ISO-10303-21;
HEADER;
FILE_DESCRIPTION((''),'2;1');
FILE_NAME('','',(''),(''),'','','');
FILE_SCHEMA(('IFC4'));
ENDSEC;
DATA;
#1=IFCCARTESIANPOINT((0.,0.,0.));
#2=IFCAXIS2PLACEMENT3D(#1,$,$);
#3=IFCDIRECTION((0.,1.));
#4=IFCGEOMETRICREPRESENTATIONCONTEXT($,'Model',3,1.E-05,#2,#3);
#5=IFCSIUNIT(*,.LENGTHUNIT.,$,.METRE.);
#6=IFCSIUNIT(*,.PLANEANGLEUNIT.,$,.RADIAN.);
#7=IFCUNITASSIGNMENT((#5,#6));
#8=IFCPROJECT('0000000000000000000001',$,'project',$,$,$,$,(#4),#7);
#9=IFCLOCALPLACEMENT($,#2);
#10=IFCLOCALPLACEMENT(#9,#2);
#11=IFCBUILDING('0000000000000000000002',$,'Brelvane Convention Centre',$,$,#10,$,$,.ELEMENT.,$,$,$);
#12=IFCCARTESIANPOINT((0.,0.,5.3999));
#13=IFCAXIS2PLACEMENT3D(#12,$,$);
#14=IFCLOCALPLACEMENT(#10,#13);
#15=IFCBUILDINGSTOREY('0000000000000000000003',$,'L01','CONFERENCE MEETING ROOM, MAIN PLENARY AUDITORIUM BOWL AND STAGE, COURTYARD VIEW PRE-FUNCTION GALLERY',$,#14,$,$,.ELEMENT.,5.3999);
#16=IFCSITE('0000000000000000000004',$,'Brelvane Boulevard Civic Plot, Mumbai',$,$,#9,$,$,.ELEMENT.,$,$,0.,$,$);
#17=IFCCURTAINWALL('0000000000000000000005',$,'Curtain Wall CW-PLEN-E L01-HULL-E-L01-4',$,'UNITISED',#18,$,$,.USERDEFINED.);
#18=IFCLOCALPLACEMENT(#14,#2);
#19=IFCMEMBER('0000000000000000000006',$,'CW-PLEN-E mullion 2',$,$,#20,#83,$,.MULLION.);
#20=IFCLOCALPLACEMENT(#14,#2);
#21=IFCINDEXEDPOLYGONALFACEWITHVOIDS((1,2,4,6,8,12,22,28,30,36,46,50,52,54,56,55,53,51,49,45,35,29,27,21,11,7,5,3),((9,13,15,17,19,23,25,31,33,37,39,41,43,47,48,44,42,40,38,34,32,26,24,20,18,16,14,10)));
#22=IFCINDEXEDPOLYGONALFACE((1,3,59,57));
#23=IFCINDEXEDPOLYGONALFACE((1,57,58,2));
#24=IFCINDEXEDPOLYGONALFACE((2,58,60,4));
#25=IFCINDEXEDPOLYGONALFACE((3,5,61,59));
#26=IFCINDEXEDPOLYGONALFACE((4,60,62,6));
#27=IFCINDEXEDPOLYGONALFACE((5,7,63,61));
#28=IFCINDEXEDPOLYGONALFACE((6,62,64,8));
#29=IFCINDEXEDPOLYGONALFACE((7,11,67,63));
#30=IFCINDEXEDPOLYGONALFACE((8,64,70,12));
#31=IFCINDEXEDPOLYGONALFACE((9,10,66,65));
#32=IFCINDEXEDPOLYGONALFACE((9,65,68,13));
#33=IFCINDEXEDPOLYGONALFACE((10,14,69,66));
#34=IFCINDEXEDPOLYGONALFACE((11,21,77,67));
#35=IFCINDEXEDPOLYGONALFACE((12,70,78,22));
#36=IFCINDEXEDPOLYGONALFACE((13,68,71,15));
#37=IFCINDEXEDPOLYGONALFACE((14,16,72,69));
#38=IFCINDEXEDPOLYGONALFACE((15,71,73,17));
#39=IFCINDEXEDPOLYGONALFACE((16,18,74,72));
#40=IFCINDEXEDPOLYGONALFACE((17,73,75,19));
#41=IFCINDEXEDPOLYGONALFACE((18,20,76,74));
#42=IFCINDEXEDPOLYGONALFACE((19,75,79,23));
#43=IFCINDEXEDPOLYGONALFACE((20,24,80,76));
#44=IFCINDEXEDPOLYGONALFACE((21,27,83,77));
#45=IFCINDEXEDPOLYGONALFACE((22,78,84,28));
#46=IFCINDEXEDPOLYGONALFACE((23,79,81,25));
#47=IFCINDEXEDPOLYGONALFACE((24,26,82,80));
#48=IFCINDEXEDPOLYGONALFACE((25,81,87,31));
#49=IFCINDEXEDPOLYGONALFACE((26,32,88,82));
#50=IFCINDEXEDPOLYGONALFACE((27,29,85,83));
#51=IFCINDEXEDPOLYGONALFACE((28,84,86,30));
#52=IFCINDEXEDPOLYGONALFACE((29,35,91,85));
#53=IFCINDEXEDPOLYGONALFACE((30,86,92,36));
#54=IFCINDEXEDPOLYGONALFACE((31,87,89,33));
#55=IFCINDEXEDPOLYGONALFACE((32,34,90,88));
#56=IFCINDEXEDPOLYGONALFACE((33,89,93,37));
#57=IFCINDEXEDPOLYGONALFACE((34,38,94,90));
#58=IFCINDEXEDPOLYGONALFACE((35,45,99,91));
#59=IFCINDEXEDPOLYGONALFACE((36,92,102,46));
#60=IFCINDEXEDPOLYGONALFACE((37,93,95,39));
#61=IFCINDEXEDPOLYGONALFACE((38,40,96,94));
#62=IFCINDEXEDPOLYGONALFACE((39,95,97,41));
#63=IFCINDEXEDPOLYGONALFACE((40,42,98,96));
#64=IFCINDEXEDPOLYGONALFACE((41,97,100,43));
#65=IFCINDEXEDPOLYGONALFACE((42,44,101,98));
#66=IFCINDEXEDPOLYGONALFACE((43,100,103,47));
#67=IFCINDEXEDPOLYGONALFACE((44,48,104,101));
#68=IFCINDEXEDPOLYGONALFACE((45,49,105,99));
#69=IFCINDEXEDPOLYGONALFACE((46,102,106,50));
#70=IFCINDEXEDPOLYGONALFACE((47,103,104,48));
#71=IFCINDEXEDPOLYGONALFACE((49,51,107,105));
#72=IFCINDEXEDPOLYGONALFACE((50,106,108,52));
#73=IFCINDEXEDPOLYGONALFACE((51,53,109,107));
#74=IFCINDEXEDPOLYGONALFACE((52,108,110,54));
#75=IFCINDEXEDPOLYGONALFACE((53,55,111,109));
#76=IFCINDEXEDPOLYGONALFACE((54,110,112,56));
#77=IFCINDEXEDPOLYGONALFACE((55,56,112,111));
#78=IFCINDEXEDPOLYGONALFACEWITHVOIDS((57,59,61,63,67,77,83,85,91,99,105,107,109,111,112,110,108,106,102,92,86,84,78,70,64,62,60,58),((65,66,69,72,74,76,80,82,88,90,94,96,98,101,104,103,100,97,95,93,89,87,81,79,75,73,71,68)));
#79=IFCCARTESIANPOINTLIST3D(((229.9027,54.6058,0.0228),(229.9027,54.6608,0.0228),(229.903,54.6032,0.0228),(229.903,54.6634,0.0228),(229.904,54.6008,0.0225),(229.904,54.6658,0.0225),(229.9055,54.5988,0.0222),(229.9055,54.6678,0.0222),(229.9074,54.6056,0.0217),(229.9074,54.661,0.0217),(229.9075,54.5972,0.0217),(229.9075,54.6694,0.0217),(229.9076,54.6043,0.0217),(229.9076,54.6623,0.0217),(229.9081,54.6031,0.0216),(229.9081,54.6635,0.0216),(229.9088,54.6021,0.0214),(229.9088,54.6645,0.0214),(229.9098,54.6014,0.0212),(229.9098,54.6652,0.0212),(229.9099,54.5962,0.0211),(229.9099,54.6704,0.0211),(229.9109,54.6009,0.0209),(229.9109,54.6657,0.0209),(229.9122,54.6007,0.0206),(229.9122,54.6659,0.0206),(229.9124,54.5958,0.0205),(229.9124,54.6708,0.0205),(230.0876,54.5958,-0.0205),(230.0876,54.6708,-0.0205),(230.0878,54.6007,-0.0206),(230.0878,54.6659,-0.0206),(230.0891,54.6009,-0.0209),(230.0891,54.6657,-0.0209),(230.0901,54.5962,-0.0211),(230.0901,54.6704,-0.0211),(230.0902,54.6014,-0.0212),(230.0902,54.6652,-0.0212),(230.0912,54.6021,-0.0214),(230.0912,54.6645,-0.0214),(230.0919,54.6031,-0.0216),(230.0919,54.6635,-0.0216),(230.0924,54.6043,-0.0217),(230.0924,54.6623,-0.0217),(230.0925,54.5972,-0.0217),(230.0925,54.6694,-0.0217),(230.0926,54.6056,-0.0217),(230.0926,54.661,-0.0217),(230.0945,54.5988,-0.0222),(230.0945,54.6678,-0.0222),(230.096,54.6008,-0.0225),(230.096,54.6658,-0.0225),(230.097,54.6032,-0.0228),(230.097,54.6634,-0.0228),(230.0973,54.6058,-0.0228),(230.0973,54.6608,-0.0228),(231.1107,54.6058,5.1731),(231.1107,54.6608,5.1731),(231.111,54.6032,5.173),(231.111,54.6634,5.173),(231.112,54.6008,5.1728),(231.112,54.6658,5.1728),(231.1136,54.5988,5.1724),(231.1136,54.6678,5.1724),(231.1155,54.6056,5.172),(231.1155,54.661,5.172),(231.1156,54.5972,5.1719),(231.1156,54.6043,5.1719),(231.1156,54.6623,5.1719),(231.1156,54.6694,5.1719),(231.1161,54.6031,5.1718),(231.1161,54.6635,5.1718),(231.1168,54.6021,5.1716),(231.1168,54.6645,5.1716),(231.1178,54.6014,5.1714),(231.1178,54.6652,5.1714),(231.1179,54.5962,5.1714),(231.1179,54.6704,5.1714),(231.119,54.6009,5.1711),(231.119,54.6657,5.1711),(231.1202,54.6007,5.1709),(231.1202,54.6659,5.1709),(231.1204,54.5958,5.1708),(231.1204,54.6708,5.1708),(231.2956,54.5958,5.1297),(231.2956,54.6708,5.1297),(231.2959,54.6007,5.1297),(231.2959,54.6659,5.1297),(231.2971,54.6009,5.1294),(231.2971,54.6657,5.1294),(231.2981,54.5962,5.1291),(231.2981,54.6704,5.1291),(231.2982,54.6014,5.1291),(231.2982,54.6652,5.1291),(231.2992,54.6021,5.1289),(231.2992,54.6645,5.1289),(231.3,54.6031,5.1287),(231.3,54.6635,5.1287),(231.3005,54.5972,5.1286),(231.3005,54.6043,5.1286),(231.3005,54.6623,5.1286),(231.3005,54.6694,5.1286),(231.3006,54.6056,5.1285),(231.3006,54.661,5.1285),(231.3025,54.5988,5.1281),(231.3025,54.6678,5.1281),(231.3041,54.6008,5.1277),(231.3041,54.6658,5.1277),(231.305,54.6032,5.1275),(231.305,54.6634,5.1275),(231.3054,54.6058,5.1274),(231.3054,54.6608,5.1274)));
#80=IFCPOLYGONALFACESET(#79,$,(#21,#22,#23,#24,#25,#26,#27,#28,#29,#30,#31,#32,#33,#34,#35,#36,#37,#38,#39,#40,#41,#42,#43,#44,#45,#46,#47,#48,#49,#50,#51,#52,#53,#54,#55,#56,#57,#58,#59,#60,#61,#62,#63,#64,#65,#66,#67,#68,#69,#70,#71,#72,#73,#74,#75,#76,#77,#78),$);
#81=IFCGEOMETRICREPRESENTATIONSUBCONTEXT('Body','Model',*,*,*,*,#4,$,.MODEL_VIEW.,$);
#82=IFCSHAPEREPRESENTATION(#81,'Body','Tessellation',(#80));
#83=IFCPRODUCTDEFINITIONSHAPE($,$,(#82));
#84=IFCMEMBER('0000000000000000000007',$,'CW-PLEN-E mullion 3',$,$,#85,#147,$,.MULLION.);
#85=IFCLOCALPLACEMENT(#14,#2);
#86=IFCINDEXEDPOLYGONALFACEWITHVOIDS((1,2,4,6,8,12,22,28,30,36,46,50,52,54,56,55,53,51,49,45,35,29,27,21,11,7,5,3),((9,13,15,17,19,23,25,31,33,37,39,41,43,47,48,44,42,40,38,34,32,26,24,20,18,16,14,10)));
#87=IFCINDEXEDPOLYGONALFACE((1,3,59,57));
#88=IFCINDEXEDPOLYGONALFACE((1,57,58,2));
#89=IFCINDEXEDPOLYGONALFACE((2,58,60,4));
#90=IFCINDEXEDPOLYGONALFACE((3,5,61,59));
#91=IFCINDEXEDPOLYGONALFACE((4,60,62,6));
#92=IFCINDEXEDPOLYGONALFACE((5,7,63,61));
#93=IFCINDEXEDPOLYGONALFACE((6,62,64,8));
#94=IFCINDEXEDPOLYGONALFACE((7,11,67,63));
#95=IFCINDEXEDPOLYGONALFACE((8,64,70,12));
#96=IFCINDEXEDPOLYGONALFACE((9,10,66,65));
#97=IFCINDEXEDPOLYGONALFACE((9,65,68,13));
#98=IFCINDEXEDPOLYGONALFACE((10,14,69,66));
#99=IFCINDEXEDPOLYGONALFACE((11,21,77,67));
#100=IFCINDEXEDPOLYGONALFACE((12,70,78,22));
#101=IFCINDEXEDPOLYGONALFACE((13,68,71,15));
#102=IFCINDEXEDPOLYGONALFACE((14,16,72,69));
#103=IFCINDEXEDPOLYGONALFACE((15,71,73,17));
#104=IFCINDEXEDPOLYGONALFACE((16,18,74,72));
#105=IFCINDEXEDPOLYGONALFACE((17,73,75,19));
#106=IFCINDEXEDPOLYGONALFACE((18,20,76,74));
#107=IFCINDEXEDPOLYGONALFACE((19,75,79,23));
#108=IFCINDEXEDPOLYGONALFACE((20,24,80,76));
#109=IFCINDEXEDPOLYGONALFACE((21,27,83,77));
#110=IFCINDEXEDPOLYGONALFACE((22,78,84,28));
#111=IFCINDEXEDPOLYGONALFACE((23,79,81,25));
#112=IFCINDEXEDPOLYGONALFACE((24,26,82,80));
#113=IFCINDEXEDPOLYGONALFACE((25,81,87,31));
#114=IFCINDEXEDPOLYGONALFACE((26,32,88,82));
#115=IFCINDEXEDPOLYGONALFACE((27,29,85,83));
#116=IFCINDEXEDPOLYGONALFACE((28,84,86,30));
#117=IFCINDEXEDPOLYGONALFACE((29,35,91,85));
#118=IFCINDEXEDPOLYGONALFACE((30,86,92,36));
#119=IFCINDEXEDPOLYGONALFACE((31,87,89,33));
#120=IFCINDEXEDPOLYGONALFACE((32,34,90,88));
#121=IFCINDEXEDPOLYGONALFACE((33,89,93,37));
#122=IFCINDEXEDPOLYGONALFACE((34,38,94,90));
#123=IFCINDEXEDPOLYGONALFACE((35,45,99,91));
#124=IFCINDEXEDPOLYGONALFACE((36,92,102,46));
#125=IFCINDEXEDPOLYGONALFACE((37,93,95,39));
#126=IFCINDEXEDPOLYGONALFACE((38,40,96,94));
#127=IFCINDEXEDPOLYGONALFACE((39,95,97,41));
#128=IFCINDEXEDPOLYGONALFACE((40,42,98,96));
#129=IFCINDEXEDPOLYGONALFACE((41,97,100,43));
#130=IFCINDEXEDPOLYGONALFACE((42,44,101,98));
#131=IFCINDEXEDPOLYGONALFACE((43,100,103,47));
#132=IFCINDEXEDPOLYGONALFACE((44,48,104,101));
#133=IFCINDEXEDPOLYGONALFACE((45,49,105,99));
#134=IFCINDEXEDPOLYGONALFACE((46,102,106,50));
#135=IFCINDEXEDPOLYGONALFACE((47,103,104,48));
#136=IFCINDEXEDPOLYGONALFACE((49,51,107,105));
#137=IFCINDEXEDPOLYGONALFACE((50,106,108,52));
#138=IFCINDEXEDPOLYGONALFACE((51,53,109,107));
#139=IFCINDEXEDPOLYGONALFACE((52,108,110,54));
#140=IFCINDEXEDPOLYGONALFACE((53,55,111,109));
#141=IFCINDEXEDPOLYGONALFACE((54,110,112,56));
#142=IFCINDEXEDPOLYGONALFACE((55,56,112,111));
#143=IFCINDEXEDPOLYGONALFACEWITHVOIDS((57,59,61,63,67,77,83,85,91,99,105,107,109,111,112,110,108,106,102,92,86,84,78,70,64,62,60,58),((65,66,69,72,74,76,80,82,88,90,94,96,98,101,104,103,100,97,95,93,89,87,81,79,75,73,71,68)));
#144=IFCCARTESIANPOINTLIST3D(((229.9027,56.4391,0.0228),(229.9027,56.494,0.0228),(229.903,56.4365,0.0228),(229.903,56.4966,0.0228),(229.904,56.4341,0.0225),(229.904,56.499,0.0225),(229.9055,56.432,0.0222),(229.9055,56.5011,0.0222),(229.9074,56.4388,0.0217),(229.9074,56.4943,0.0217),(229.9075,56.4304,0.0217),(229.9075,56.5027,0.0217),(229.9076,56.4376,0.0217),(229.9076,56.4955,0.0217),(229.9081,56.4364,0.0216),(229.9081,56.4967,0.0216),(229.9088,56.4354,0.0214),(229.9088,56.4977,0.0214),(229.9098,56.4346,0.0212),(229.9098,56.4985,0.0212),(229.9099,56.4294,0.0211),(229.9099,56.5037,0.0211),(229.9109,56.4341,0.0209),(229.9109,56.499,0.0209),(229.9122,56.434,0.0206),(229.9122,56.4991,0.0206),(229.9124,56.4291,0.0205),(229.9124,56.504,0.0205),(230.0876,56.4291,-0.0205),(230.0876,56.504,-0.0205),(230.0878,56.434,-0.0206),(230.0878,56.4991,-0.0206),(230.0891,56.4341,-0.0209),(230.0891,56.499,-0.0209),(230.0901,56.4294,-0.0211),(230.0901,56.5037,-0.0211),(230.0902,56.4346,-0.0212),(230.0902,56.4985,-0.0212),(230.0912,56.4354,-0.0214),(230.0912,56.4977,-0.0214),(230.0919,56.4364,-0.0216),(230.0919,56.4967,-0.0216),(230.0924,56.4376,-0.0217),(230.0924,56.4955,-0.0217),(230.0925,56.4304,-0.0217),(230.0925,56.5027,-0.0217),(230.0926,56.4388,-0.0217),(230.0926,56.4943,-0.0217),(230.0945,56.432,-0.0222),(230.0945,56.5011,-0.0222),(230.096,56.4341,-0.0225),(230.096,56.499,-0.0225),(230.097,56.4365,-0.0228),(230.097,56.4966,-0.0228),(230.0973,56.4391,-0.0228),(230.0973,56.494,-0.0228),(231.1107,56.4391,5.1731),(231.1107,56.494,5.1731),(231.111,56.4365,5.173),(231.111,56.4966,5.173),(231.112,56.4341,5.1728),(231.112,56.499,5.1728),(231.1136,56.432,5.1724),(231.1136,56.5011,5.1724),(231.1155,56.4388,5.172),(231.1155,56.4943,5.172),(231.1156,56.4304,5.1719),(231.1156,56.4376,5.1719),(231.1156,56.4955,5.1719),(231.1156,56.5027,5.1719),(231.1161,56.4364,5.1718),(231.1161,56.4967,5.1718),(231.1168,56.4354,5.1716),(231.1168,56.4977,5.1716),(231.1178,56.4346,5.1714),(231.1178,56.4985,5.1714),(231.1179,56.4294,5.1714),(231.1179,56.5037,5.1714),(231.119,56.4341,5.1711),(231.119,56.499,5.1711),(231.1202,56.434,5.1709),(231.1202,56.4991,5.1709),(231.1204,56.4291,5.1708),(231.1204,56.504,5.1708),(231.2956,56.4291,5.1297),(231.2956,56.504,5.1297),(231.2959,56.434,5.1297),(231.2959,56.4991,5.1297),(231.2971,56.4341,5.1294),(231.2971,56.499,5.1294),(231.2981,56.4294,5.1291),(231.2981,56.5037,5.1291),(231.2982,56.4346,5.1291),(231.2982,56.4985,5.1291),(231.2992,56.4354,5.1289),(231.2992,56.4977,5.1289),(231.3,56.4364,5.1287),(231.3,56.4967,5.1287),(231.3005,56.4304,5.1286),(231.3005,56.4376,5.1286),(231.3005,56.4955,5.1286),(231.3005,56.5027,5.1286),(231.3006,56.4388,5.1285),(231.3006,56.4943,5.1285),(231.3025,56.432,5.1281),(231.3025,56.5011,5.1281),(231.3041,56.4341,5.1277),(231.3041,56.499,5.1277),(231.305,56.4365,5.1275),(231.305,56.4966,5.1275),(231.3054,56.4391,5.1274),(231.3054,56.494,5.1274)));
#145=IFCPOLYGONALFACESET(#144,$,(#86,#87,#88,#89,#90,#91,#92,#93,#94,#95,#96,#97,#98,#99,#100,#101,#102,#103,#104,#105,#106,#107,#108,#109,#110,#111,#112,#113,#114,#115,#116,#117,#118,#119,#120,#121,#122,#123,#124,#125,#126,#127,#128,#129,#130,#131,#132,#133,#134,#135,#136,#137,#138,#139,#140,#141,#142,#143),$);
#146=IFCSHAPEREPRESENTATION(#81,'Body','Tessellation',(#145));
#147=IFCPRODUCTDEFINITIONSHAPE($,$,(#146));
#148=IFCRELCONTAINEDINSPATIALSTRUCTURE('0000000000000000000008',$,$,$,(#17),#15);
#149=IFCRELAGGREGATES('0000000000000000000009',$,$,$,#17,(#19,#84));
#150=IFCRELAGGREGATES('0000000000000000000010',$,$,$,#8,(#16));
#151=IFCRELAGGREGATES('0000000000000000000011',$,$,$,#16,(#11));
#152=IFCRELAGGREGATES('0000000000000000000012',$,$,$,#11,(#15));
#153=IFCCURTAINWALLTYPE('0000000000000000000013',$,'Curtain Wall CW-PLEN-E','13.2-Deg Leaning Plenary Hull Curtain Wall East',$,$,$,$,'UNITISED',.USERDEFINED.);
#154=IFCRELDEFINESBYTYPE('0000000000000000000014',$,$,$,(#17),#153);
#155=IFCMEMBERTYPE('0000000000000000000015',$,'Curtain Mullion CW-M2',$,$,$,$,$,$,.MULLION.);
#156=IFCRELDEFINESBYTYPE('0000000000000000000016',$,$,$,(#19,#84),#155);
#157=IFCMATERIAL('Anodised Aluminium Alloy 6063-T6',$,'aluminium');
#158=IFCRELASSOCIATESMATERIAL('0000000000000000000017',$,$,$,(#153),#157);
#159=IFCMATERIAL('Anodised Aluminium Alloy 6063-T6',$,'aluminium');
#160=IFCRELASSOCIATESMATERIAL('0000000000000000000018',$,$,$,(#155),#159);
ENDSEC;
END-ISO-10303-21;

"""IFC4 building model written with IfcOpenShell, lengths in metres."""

from ifc_helpers import new_model, si_unit, direction, frame, origin, origin_2d, place, context, subcontext, project, spatial, hollow_rectangle, extrude, material, material_profile, profile_set, type_object, element, aggregate, save


model = new_model("IFC4")

# Units and contexts
model_context = context("Model", 3, precision=1e-05, world=origin(), true_north=direction((0.0, 1.0)))
body_context = subcontext(model_context, "Body", "Model", "MODEL_VIEW")
ifc_project = project(units=[si_unit("LENGTHUNIT", "METRE"), si_unit("PLANEANGLEUNIT", "RADIAN")], contexts=[model_context])

# Site, building, storey
site_placement = place(None, origin())
site = spatial("IfcSite", under=ifc_project, at=site_placement, Name="Brelvane Boulevard Civic Plot, Mumbai", CompositionType="ELEMENT", RefElevation=0.0)
building_placement = place(site_placement, origin())
building = spatial("IfcBuilding", under=site, at=building_placement, Name="Brelvane Convention Centre", CompositionType="ELEMENT")
storey_placement = place(building_placement, frame((0.0, 0.0, 5.3999)))
storey = spatial("IfcBuildingStorey", under=building, at=storey_placement, Name="L01", Description="CONFERENCE MEETING ROOM, MAIN PLENARY AUDITORIUM BOWL AND STAGE, COURTYARD VIEW PRE-FUNCTION GALLERY", CompositionType="ELEMENT", Elevation=5.3999)

# Curtain wall, members
ifc_material_1 = material(Name="Anodised Aluminium Alloy 6063-T6", Category="aluminium")
curtain_wall_type = type_object("IfcCurtainWallType", Name="Curtain Wall CW-PLEN-E", Description="13.2-Deg Leaning Plenary Hull Curtain Wall East", ElementType="UNITISED", PredefinedType="USERDEFINED", material=ifc_material_1)
curtain_wall_1_placement = place(storey_placement, origin())
curtain_wall_1 = element("IfcCurtainWall", 1, at=curtain_wall_1_placement, inside=storey, type_object=curtain_wall_type, Name="Curtain Wall CW-PLEN-E L01-HULL-E-L01-4", ObjectType="UNITISED", PredefinedType="USERDEFINED")
ifc_material_2 = material(Name="Anodised Aluminium Alloy 6063-T6", Category="aluminium")
ifc_material_profile_1 = material_profile(ifc_material_2, hollow_rectangle(XDim=0.075, YDim=0.2, WallThickness=0.0049, InnerFilletRadius=0.0049, OuterFilletRadius=0.01, at=origin_2d()), Name="ALU-M 200x75x5.0")
ifc_profile_set_1 = profile_set([ifc_material_profile_1], Name="Anodised Aluminium Alloy 6063-T6")
member_type_1 = type_object("IfcMemberType", Name="Curtain Mullion CW-M2", PredefinedType="MULLION", material=ifc_profile_set_1)
member_1_placement = place(storey_placement, frame((230.0, 54.6333, 0.0), z_axis=(0.22836, 0.0, 0.973577), x_axis=(0.0, 1.0, 0.0)))
member_1 = element("IfcMember", 2, at=member_1_placement, type_object=member_type_1, Name="CW-PLEN-E mullion 2", PredefinedType="MULLION", context=body_context, shape_type="SweptSolid", body=[
    extrude(hollow_rectangle(XDim=0.075, YDim=0.2, WallThickness=0.0049, InnerFilletRadius=0.0049, OuterFilletRadius=0.01, at=origin_2d()), origin(), (0.0, 0.0, 1.0), 5.29),
])
member_2_placement = place(storey_placement, frame((230.0, 56.4666, 0.0), z_axis=(0.22836, 0.0, 0.973577), x_axis=(0.0, 1.0, 0.0)))
member_2 = element("IfcMember", 3, at=member_2_placement, type_object=member_type_1, Name="CW-PLEN-E mullion 3", PredefinedType="MULLION", context=body_context, shape_type="SweptSolid", body=[
    extrude(hollow_rectangle(XDim=0.075, YDim=0.2, WallThickness=0.0049, InnerFilletRadius=0.0049, OuterFilletRadius=0.01, at=origin_2d()), origin(), (0.0, 0.0, 1.0), 5.29),
])

aggregate(curtain_wall_1, [member_1, member_2])

save(model, "model.ifc")
